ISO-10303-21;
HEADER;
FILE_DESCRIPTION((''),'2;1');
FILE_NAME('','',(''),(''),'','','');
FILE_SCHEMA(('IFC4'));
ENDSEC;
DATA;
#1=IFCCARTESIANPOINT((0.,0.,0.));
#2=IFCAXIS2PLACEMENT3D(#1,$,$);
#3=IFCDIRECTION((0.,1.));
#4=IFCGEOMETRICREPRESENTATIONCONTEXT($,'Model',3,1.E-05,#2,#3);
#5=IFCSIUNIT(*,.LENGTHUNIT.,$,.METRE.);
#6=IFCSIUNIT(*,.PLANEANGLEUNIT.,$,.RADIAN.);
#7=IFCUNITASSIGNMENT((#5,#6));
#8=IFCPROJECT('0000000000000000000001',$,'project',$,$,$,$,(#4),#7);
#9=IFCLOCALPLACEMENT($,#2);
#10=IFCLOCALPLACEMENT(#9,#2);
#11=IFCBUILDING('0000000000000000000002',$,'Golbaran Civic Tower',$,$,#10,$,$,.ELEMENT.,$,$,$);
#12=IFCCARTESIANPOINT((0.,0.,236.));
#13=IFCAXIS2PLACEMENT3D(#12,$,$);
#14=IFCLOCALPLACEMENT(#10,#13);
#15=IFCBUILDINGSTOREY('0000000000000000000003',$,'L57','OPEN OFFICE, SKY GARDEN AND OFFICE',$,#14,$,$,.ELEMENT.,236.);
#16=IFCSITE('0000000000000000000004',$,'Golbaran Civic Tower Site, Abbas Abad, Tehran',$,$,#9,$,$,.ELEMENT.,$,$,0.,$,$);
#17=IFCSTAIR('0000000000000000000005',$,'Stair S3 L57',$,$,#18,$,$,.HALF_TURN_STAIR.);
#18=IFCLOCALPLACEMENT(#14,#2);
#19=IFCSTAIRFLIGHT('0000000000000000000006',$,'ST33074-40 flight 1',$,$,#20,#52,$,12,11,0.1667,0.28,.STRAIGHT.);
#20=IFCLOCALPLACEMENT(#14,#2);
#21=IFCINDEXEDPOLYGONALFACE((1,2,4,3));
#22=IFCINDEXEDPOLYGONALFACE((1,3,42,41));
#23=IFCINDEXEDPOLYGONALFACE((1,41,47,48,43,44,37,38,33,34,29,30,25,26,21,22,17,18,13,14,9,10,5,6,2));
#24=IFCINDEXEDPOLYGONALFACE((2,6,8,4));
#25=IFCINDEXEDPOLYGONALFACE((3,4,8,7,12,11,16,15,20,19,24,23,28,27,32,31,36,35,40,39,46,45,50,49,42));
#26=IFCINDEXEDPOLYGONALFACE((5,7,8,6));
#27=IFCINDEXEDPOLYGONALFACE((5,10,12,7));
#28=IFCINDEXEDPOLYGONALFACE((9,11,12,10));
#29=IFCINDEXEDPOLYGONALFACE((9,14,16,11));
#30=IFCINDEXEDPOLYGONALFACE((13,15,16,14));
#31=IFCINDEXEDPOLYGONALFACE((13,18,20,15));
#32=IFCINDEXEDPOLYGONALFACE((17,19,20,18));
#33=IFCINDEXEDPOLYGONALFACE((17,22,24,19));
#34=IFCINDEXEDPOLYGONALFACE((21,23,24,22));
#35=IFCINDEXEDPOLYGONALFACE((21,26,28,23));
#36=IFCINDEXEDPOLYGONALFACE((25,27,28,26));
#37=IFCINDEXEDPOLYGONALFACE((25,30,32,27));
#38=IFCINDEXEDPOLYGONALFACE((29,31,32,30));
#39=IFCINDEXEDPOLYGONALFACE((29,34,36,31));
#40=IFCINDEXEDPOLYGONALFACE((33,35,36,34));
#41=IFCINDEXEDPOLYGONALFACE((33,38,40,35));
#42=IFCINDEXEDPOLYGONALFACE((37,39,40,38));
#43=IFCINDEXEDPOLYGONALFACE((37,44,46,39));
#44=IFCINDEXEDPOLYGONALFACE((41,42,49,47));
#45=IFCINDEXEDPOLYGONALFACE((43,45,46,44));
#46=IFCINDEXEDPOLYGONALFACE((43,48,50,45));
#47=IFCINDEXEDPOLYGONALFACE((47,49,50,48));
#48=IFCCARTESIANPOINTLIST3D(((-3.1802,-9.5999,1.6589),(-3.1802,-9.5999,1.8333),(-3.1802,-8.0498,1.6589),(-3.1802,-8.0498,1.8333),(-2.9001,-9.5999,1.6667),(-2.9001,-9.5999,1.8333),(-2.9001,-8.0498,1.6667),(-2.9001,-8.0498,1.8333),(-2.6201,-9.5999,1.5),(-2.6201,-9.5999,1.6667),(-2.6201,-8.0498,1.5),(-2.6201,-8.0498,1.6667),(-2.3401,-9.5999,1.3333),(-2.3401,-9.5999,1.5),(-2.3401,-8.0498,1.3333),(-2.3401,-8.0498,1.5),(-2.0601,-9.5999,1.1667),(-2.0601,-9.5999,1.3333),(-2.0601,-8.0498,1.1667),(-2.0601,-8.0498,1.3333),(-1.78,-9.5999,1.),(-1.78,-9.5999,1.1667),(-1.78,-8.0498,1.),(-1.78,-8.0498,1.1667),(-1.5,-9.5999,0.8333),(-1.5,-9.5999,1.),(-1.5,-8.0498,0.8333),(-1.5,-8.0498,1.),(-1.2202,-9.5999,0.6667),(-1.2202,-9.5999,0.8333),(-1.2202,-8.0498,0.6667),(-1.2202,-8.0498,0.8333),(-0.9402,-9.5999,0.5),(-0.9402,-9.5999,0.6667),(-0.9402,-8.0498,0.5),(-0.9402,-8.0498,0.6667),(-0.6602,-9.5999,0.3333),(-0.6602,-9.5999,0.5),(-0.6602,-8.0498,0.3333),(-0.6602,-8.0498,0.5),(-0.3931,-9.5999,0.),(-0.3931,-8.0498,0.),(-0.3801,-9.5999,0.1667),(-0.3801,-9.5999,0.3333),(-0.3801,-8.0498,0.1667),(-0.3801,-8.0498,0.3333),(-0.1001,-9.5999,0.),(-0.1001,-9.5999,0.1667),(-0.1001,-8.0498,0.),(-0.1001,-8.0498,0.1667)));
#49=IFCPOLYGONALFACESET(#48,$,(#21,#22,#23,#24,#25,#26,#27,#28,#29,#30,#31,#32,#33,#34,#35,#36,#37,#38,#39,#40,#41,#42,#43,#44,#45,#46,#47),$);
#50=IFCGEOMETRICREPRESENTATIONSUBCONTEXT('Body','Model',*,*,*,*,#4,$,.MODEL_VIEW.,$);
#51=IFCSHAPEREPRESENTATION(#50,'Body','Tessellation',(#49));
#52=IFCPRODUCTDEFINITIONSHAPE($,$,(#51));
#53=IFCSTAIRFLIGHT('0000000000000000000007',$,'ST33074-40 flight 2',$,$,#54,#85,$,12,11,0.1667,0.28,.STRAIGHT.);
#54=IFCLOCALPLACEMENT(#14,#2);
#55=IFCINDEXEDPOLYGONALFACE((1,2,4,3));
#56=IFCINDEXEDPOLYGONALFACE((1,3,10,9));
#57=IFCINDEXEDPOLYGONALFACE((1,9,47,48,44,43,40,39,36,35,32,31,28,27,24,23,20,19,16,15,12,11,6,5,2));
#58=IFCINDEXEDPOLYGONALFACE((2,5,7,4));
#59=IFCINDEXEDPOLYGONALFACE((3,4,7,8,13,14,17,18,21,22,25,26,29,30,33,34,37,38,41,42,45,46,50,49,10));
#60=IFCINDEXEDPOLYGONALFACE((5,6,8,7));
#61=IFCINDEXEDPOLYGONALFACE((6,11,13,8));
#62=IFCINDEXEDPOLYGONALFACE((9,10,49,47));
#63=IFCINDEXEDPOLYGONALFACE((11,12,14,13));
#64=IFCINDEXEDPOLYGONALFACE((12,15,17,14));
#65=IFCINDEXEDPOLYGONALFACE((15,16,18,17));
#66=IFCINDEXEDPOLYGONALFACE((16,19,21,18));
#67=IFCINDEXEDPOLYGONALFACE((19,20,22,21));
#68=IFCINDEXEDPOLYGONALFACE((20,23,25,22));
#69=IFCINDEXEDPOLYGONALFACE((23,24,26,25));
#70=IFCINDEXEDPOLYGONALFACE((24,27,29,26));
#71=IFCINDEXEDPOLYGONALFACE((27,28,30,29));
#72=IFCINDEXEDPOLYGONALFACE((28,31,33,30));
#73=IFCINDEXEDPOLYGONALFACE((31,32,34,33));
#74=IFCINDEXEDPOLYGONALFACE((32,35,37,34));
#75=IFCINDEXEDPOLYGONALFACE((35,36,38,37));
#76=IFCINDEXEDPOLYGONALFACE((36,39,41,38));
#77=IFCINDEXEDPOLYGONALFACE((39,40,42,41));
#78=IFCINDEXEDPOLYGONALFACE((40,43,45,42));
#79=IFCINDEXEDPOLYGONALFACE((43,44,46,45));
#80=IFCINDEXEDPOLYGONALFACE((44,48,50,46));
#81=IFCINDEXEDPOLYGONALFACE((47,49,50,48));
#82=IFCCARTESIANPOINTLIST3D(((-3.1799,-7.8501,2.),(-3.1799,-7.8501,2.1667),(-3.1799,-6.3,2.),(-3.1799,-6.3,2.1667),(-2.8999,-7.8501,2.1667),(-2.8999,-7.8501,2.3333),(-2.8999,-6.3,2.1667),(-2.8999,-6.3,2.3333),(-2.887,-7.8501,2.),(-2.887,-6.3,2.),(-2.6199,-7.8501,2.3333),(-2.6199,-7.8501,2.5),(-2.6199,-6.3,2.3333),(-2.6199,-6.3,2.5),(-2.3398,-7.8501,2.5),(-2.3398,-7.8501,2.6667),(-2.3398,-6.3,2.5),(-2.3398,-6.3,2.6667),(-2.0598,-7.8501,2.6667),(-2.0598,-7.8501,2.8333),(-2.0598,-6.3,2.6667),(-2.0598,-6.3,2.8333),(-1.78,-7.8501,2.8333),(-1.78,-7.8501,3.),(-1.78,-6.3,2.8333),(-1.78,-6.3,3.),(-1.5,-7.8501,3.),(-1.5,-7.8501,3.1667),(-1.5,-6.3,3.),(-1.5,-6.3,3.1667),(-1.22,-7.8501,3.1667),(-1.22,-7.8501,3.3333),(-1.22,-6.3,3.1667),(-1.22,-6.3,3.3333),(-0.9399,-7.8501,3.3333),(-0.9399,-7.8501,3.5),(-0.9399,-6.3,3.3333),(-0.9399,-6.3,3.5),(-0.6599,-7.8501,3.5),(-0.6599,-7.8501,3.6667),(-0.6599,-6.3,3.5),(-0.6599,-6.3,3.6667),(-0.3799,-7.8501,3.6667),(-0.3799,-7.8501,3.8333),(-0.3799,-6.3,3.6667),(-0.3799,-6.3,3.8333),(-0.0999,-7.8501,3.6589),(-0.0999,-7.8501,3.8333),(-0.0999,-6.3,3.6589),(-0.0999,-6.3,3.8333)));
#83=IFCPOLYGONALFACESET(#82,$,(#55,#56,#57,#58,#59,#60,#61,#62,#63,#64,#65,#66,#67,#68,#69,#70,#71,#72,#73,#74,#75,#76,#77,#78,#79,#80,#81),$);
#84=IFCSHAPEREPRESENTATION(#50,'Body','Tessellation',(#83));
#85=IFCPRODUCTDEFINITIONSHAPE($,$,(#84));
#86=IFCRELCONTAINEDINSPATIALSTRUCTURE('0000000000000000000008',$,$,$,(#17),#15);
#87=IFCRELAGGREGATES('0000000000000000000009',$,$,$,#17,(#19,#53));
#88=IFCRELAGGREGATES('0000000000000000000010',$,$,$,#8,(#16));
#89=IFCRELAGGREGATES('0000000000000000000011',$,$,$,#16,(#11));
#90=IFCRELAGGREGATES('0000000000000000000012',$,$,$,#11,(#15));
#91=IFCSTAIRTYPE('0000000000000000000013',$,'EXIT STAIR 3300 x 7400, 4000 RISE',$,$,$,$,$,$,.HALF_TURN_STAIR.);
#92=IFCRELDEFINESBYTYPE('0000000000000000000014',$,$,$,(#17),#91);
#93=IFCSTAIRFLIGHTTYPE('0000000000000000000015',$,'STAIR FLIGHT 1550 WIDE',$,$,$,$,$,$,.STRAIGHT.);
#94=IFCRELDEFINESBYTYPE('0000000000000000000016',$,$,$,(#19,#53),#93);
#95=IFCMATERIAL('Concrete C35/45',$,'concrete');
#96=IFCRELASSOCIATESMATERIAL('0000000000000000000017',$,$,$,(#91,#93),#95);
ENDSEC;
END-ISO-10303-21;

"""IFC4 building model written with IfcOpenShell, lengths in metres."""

from ifc_helpers import new_model, si_unit, direction, frame, origin, place, context, subcontext, project, spatial, polyline, outline, extrude, material, type_object, element, aggregate, save


model = new_model("IFC4")

# Units and contexts
model_context = context("Model", 3, precision=1e-05, world=origin(), true_north=direction((0.0, 1.0)))
body_context = subcontext(model_context, "Body", "Model", "MODEL_VIEW")
ifc_project = project(units=[si_unit("LENGTHUNIT", "METRE"), si_unit("PLANEANGLEUNIT", "RADIAN")], contexts=[model_context])

# Site, building, storey
site_placement = place(None, origin())
site = spatial("IfcSite", under=ifc_project, at=site_placement, Name="Golbaran Civic Tower Site, Abbas Abad, Tehran", CompositionType="ELEMENT", RefElevation=0.0)
building_placement = place(site_placement, origin())
building = spatial("IfcBuilding", under=site, at=building_placement, Name="Golbaran Civic Tower", CompositionType="ELEMENT")
storey_placement = place(building_placement, frame((0.0, 0.0, 236.0)))
storey = spatial("IfcBuildingStorey", under=building, at=storey_placement, Name="L57", Description="OPEN OFFICE, SKY GARDEN AND OFFICE", CompositionType="ELEMENT", Elevation=236.0)

# Stair, stair flights
ifc_material_1 = material(Name="Concrete C35/45", Category="concrete")
stair_type = type_object("IfcStairType", Name="EXIT STAIR 3300 x 7400, 4000 RISE", PredefinedType="HALF_TURN_STAIR", material=ifc_material_1)
stair_placement = place(storey_placement, origin())
stair = element("IfcStair", 1, at=stair_placement, inside=storey, type_object=stair_type, Name="Stair S3 L57", PredefinedType="HALF_TURN_STAIR")
stair_flight_type = type_object("IfcStairFlightType", Name="STAIR FLIGHT 1550 WIDE", PredefinedType="STRAIGHT", material=ifc_material_1)
stair_flight_1_placement = place(storey_placement, frame((-0.1001, -8.825, 0.0), z_axis=(0.0, 0.0, 1.0), x_axis=(-1.0, 0.0, 0.0)))
stair_flight_1 = element("IfcStairFlight", 2, at=stair_flight_1_placement, type_object=stair_flight_type, Name="ST33074-40 flight 1", NumberOfRisers=12, NumberOfTreads=11, PredefinedType="STRAIGHT", RiserHeight=0.1667, TreadLength=0.28, context=body_context, shape_type="SweptSolid", body=[
    extrude(outline(polyline([(0.0, 0.0), (0.0, 0.1667), (0.28, 0.1667), (0.28, 0.3333), (0.5601, 0.3333), (0.5601, 0.5), (0.8401, 0.5), (0.8401, 0.6667), (1.1201, 0.6667), (1.1201, 0.8333), (1.3999, 0.8333), (1.3999, 1.0), (1.6799, 1.0), (1.6799, 1.1667), (1.96, 1.1667), (1.96, 1.3333), (2.24, 1.3333), (2.24, 1.5), (2.52, 1.5), (2.52, 1.6667), (2.8, 1.6667), (2.8, 1.8333), (3.0801, 1.8333), (3.0801, 2.0), (3.0801, 1.6589), (0.293, 0.0), (0.0, 0.0)])), frame((0.0, 0.7749, 0.0), z_axis=(0.0, -1.0, 0.0), x_axis=(1.0, 0.0, 0.0)), (0.0, 0.0, 1.0), 1.55),
])
stair_flight_2_placement = place(storey_placement, frame((-3.1799, -7.075, 2.0), z_axis=(0.0, 0.0, 1.0), x_axis=(1.0, 0.0, 0.0)))
stair_flight_2 = element("IfcStairFlight", 3, at=stair_flight_2_placement, type_object=stair_flight_type, Name="ST33074-40 flight 2", NumberOfRisers=12, NumberOfTreads=11, PredefinedType="STRAIGHT", RiserHeight=0.1667, TreadLength=0.28, context=body_context, shape_type="SweptSolid", body=[
    extrude(outline(polyline([(0.0, 0.0), (0.0, 0.1667), (0.28, 0.1667), (0.28, 0.3333), (0.5601, 0.3333), (0.5601, 0.5), (0.8401, 0.5), (0.8401, 0.6667), (1.1201, 0.6667), (1.1201, 0.8333), (1.3999, 0.8333), (1.3999, 1.0), (1.6799, 1.0), (1.6799, 1.1667), (1.96, 1.1667), (1.96, 1.3333), (2.24, 1.3333), (2.24, 1.5), (2.52, 1.5), (2.52, 1.6667), (2.8, 1.6667), (2.8, 1.8333), (3.0801, 1.8333), (3.0801, 2.0), (3.0801, 1.6589), (0.293, 0.0), (0.0, 0.0)])), frame((0.0, 0.7749, 0.0), z_axis=(0.0, -1.0, 0.0), x_axis=(1.0, 0.0, 0.0)), (0.0, 0.0, 1.0), 1.55),
])
aggregate(stair, [stair_flight_1, stair_flight_2])

save(model, "model.ifc")
